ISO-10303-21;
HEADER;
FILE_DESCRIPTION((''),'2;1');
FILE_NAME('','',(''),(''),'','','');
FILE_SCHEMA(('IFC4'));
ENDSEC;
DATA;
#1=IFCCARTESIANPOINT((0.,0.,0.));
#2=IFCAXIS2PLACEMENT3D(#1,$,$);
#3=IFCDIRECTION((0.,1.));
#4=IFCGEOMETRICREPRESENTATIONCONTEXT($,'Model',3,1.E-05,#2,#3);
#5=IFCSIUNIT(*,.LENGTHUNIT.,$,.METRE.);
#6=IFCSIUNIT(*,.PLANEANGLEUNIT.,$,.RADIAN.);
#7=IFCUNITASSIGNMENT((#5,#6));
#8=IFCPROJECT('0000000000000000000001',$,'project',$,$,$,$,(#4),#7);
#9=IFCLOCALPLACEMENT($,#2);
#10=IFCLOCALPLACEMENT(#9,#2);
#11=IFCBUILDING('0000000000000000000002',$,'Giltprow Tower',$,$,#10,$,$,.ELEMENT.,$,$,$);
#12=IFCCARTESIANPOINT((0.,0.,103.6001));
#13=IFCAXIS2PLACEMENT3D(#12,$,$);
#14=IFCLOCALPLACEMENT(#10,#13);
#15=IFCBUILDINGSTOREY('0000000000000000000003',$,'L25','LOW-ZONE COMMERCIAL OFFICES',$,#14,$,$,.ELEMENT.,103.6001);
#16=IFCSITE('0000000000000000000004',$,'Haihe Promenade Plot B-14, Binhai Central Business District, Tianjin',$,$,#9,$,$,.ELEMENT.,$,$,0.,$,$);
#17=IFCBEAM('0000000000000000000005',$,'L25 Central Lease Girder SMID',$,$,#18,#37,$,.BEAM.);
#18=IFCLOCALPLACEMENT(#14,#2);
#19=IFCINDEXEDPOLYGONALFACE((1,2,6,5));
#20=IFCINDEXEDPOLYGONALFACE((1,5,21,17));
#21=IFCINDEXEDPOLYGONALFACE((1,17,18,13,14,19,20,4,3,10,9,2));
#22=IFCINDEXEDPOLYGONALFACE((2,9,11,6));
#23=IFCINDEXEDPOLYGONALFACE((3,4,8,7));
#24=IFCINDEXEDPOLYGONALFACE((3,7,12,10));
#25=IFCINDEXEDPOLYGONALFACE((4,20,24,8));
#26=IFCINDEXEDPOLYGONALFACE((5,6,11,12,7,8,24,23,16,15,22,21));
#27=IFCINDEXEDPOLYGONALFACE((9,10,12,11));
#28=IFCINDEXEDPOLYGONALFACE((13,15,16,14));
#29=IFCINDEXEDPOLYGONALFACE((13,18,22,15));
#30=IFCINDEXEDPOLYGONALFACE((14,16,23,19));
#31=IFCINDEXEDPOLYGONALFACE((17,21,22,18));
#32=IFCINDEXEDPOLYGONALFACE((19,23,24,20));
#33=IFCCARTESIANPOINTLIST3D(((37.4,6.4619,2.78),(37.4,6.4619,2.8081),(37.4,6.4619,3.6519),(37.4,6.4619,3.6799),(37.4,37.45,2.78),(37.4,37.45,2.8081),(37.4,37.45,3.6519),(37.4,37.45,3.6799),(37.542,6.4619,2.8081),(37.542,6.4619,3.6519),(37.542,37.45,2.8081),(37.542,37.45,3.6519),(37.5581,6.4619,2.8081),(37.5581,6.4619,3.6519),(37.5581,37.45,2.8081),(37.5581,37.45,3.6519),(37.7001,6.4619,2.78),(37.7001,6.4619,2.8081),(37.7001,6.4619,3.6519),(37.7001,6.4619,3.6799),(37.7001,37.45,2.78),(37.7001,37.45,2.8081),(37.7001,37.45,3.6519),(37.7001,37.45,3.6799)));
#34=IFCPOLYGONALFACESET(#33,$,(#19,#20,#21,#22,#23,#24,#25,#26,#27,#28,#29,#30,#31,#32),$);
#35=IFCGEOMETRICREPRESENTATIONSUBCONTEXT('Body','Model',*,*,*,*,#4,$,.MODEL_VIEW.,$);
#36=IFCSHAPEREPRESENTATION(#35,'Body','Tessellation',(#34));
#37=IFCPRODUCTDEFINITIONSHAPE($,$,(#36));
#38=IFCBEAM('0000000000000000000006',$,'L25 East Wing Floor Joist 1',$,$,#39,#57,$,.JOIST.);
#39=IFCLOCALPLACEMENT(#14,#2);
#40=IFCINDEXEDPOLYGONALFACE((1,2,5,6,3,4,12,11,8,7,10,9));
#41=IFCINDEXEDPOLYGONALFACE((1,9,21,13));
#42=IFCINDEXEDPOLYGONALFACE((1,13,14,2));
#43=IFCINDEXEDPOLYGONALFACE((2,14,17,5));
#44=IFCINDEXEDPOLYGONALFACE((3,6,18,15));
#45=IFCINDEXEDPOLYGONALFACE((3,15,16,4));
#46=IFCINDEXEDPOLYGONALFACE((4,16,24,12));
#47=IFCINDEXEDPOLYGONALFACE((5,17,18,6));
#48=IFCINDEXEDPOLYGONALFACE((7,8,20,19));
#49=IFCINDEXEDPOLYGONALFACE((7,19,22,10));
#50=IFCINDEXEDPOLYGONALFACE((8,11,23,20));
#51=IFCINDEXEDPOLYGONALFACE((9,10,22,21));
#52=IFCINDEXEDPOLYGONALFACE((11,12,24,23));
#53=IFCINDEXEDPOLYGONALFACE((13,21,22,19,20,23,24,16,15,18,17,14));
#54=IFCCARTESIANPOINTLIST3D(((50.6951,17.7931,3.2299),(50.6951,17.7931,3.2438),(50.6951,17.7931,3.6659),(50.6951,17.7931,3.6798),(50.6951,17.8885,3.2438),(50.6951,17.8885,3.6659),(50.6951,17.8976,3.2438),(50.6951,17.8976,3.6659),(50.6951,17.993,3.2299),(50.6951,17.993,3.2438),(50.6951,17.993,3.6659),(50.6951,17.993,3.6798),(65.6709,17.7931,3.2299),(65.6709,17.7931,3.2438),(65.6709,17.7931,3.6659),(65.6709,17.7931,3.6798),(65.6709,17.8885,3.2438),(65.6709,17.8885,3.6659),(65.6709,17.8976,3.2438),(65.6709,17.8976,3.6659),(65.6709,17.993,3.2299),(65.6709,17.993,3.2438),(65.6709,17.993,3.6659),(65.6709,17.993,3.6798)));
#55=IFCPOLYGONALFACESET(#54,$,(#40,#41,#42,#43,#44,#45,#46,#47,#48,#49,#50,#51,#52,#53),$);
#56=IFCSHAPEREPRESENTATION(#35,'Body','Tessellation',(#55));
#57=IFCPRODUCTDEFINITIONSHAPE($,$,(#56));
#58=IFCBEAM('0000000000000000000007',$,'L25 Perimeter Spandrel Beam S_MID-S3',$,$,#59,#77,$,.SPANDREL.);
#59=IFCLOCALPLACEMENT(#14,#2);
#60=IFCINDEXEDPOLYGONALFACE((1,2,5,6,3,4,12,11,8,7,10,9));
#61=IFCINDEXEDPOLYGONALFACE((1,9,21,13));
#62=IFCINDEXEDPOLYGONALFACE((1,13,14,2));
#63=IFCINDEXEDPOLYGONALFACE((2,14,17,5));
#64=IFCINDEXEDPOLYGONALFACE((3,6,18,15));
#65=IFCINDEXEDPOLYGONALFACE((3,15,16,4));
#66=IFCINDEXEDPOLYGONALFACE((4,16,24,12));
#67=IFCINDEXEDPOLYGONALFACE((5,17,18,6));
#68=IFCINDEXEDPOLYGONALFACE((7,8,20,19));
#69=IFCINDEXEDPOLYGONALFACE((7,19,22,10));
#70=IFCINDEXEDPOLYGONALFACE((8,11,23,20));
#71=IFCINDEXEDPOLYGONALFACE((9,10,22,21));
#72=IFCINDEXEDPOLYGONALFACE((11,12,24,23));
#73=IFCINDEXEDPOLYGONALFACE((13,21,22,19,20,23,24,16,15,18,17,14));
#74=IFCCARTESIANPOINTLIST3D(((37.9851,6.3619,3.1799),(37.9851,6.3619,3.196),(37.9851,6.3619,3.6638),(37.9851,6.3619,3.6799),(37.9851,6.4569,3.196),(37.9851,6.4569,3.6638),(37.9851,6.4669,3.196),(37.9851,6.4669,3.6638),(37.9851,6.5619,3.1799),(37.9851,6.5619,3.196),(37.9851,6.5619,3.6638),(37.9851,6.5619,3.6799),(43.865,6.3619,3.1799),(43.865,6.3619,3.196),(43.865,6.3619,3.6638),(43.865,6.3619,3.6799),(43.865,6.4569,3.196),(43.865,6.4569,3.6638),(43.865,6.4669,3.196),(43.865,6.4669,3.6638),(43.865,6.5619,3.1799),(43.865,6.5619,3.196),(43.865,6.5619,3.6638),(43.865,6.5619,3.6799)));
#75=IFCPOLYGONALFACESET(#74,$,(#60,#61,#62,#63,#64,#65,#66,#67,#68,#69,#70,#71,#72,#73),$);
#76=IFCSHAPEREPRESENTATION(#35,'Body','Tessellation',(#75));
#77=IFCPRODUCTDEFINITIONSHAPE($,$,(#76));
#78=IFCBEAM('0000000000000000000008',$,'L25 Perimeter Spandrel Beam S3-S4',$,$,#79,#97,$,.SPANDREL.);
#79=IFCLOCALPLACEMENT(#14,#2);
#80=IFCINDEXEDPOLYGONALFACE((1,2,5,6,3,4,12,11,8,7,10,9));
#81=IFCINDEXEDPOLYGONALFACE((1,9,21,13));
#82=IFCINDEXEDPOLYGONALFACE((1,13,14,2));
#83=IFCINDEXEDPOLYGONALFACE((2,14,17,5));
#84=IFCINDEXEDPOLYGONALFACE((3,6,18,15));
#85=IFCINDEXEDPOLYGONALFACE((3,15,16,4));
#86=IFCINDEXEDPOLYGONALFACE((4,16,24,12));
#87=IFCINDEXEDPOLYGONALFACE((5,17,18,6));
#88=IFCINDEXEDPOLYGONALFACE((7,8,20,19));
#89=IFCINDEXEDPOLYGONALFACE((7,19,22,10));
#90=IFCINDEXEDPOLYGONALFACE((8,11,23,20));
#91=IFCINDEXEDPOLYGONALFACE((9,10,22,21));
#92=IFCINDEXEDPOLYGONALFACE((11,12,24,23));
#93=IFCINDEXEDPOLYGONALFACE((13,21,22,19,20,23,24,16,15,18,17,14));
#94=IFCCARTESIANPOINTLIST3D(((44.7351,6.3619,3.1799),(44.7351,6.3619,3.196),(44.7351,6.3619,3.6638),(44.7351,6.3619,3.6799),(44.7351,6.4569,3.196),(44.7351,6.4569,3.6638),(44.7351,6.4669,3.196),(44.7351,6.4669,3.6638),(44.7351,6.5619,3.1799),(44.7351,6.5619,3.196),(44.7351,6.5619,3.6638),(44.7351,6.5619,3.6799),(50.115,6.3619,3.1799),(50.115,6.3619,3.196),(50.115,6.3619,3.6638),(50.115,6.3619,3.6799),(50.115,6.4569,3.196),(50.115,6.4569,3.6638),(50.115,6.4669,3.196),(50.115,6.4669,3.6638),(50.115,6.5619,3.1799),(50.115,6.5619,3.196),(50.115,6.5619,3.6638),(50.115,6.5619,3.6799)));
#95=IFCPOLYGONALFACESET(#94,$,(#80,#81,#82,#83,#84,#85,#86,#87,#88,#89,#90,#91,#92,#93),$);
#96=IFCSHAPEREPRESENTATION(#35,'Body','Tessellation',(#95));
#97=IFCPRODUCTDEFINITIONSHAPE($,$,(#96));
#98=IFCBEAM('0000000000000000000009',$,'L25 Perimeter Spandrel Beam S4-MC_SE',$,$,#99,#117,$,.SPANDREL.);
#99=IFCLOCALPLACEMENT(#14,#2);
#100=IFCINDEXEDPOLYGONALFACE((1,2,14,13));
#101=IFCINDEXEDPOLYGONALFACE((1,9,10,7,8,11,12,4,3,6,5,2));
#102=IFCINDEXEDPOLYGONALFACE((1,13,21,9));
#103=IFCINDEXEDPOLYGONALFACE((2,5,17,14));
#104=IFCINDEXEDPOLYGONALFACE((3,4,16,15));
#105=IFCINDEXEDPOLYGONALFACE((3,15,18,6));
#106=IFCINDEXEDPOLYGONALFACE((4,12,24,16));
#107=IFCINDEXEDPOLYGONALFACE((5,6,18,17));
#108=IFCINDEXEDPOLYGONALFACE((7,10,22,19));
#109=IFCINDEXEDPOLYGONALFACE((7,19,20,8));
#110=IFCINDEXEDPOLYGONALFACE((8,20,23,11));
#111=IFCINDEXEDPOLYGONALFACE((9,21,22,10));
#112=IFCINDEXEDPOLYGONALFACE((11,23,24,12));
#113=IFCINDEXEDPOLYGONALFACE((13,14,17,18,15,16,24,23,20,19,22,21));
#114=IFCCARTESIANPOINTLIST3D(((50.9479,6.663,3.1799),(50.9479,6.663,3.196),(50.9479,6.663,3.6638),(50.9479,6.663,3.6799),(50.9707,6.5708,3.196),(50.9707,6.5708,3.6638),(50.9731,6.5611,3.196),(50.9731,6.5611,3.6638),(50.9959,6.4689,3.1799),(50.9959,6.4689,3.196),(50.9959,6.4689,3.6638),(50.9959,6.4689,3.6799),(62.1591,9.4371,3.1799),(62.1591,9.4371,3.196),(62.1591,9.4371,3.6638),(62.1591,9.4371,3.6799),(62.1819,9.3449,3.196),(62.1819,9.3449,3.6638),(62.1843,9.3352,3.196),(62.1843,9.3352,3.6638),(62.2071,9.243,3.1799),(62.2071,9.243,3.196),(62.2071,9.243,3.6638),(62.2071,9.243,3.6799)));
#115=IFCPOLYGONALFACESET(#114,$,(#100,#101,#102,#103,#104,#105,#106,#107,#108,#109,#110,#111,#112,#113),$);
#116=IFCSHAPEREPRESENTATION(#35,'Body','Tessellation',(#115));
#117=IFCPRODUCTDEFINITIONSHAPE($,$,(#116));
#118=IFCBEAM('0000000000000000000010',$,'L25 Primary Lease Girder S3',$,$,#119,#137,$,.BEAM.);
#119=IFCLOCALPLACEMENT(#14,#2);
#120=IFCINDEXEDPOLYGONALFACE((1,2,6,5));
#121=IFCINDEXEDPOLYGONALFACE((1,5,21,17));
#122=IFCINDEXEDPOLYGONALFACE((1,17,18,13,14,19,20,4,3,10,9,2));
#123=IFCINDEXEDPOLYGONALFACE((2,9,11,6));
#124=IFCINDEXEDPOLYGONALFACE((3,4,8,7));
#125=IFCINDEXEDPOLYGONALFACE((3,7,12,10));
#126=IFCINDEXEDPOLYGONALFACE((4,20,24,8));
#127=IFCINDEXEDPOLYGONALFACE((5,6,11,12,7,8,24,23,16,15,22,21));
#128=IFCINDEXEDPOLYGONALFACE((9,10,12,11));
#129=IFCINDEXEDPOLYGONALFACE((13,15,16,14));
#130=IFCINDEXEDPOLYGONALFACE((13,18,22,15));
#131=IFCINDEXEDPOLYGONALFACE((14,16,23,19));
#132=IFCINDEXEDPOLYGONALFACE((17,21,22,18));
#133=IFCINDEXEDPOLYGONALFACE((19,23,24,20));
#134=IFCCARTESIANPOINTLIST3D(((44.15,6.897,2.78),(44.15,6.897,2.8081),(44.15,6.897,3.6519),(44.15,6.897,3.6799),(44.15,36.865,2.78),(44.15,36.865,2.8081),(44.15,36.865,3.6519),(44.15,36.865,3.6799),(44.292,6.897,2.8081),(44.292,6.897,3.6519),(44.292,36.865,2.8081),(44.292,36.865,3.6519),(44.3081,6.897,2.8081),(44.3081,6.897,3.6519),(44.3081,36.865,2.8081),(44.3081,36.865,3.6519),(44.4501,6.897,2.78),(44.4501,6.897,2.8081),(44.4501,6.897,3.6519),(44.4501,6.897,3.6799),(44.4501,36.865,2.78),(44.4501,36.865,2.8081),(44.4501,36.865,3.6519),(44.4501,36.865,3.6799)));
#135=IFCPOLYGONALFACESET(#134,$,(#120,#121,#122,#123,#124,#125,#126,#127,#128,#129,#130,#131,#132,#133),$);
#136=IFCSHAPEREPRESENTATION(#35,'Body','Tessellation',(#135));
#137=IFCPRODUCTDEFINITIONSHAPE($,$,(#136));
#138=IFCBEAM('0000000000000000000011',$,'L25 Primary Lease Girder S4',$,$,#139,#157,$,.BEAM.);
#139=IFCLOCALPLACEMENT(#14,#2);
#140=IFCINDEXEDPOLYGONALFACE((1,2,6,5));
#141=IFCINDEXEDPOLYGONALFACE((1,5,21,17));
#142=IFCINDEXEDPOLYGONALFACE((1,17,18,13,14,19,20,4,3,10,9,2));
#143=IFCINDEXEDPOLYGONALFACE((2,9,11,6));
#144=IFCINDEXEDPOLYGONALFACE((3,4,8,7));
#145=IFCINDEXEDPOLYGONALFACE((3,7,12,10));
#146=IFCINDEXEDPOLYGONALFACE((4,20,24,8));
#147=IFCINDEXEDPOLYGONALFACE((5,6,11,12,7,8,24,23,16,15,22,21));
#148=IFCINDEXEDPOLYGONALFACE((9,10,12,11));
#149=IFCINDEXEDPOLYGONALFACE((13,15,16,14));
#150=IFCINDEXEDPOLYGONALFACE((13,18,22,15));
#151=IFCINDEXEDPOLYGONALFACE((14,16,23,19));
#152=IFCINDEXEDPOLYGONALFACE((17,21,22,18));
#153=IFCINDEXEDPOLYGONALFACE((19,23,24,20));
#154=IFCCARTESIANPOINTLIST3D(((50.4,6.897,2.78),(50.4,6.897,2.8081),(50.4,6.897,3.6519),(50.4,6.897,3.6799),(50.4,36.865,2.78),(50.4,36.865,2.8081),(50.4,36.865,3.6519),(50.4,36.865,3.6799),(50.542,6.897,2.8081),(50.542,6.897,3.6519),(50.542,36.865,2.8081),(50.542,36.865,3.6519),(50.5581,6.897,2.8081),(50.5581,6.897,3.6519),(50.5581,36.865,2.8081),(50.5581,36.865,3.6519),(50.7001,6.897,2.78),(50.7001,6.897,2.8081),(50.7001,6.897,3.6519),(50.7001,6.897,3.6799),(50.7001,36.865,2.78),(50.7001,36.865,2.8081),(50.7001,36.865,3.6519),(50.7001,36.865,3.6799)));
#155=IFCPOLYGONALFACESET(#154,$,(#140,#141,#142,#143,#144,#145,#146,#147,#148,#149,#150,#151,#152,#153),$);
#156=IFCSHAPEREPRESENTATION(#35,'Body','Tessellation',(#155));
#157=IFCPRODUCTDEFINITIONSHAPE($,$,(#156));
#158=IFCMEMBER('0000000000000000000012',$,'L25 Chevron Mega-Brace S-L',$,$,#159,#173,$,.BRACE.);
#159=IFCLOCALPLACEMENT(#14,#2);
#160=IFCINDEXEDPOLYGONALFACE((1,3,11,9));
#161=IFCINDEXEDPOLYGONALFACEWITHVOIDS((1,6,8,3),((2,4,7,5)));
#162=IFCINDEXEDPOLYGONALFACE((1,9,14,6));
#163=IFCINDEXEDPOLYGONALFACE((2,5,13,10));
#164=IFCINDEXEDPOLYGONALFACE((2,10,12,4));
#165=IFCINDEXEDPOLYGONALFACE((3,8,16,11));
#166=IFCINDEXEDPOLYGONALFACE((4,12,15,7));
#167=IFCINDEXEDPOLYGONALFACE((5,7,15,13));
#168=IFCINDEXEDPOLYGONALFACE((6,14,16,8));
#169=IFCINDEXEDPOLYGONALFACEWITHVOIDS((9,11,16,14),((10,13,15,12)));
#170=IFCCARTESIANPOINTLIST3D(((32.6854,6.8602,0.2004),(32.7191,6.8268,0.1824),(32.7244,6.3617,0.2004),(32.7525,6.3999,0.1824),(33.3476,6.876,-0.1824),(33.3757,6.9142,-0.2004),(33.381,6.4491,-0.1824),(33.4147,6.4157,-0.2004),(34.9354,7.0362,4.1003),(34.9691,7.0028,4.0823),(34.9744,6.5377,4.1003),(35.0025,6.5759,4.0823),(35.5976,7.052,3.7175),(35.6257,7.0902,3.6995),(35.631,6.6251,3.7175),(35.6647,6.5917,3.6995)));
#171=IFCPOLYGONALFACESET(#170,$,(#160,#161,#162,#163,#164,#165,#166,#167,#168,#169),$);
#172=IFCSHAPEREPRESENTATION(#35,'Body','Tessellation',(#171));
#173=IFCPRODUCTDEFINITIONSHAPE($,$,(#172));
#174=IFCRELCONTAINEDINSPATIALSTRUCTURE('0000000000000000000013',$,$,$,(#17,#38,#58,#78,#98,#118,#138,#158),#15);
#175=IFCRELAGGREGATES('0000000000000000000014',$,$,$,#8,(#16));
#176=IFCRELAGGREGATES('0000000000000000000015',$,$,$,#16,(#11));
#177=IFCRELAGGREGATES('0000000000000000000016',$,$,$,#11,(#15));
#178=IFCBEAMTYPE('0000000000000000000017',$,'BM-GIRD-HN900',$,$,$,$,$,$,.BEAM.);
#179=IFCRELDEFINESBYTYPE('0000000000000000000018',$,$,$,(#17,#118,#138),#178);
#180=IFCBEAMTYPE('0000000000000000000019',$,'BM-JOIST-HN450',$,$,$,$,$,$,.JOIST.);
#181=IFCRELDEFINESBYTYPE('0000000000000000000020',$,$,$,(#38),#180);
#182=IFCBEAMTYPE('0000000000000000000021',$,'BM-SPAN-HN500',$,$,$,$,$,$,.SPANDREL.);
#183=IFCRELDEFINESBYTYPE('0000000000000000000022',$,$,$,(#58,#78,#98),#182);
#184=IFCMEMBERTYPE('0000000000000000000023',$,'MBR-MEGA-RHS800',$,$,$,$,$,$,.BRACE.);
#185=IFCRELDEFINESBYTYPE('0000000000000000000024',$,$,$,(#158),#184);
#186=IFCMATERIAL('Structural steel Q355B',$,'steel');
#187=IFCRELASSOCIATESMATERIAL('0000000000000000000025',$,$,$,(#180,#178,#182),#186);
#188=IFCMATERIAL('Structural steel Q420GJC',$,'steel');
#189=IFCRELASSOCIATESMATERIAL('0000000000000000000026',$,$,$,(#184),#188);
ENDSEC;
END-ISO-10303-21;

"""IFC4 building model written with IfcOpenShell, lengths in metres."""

from ifc_helpers import new_model, si_unit, direction, frame, origin, origin_2d, place, context, subcontext, project, spatial, hollow_rectangle, i_section, extrude, source, transform, mapped, material, material_profile, profile_set, type_object, element, save


model = new_model("IFC4")

# Units and contexts
model_context = context("Model", 3, precision=1e-05, world=origin(), true_north=direction((0.0, 1.0)))
body_context = subcontext(model_context, "Body", "Model", "MODEL_VIEW")
ifc_project = project(units=[si_unit("LENGTHUNIT", "METRE"), si_unit("PLANEANGLEUNIT", "RADIAN")], contexts=[model_context])

# Site, building, storey
site_placement = place(None, origin())
site = spatial("IfcSite", under=ifc_project, at=site_placement, Name="Haihe Promenade Plot B-14, Binhai Central Business District, Tianjin", CompositionType="ELEMENT", RefElevation=0.0)
building_placement = place(site_placement, origin())
building = spatial("IfcBuilding", under=site, at=building_placement, Name="Giltprow Tower", CompositionType="ELEMENT")
storey_placement = place(building_placement, frame((0.0, 0.0, 103.6001)))
storey = spatial("IfcBuildingStorey", under=building, at=storey_placement, Name="L25", Description="LOW-ZONE COMMERCIAL OFFICES", CompositionType="ELEMENT", Elevation=103.6001)

# Shared definitions
ifc_material_1 = material(Name="Structural steel Q420GJC", Category="steel")

# Beams
ifc_material_2 = material(Name="Structural steel Q355B", Category="steel")
ifc_material_profile_1 = material_profile(ifc_material_2, i_section(OverallWidth=0.2, OverallDepth=0.45, WebThickness=0.009, FlangeThickness=0.0139, at=origin_2d()), Name="HN 450x200x9x14")
ifc_profile_set_1 = profile_set([ifc_material_profile_1], Name="Structural steel Q355B")
beam_type_1 = type_object("IfcBeamType", Name="BM-JOIST-HN450", PredefinedType="JOIST", material=ifc_profile_set_1)
ifc_material_profile_2 = material_profile(ifc_material_2, i_section(OverallWidth=0.3, OverallDepth=0.8999, WebThickness=0.0161, FlangeThickness=0.0281, at=origin_2d()), Name="HN 900x300x16x28")
ifc_profile_set_2 = profile_set([ifc_material_profile_2], Name="Structural steel Q355B")
beam_type_2 = type_object("IfcBeamType", Name="BM-GIRD-HN900", PredefinedType="BEAM", material=ifc_profile_set_2)
shared_shape_1 = source(origin(), body_context, "Body", "SweptSolid", [
    extrude(i_section(OverallWidth=0.3, OverallDepth=0.8999, WebThickness=0.0161, FlangeThickness=0.0281, at=origin_2d()), origin(), (0.0, 0.0, 1.0), 30.988),
])
beam_1_placement = place(storey_placement, frame((37.55, 6.4619, 3.23), z_axis=(0.0, 1.0, 0.0), x_axis=(-1.0, 0.0, 0.0)))
element("IfcBeam", 1, at=beam_1_placement, inside=storey, type_object=beam_type_2, Name="L25 Central Lease Girder SMID", PredefinedType="BEAM", context=body_context, shape_type="MappedRepresentation", body=[
    mapped(shared_shape_1, transform((0.0, 0.0, 0.0), x_axis=(1.0, 0.0, 0.0), y_axis=(0.0, 1.0, 0.0), z_axis=(0.0, 0.0, 1.0), scale=1.0)),
])
shared_shape_2 = source(origin(), body_context, "Body", "SweptSolid", [
    extrude(i_section(OverallWidth=0.2, OverallDepth=0.45, WebThickness=0.009, FlangeThickness=0.0139, at=origin_2d()), origin(), (0.0, 0.0, 1.0), 14.9758),
])
beam_2_placement = place(storey_placement, frame((50.6951, 17.8931, 3.4548), z_axis=(1.0, 0.0, 0.0), x_axis=(0.0, 1.0, 0.0)))
element("IfcBeam", 2, at=beam_2_placement, inside=storey, type_object=beam_type_1, Name="L25 East Wing Floor Joist 1", PredefinedType="JOIST", context=body_context, shape_type="MappedRepresentation", body=[
    mapped(shared_shape_2, transform((0.0, 0.0, 0.0), x_axis=(1.0, 0.0, 0.0), y_axis=(0.0, 1.0, 0.0), z_axis=(0.0, 0.0, 1.0), scale=1.0)),
])
ifc_material_profile_3 = material_profile(ifc_material_2, i_section(OverallWidth=0.2, OverallDepth=0.5, WebThickness=0.01, FlangeThickness=0.0161, at=origin_2d()), Name="HN 500x200x10x16")
ifc_profile_set_3 = profile_set([ifc_material_profile_3], Name="Structural steel Q355B")
beam_type_3 = type_object("IfcBeamType", Name="BM-SPAN-HN500", PredefinedType="SPANDREL", material=ifc_profile_set_3)
shared_shape_3 = source(origin(), body_context, "Body", "SweptSolid", [
    extrude(i_section(OverallWidth=0.2, OverallDepth=0.5, WebThickness=0.01, FlangeThickness=0.0161, at=origin_2d()), origin(), (0.0, 0.0, 1.0), 5.8799),
])
beam_3_placement = place(storey_placement, frame((37.9851, 6.4619, 3.4299), z_axis=(1.0, 0.0, 0.0), x_axis=(0.0, 1.0, 0.0)))
element("IfcBeam", 3, at=beam_3_placement, inside=storey, type_object=beam_type_3, Name="L25 Perimeter Spandrel Beam S_MID-S3", PredefinedType="SPANDREL", context=body_context, shape_type="MappedRepresentation", body=[
    mapped(shared_shape_3, transform((0.0, 0.0, 0.0), x_axis=(1.0, 0.0, 0.0), y_axis=(0.0, 1.0, 0.0), z_axis=(0.0, 0.0, 1.0), scale=1.0)),
])
shared_shape_4 = source(origin(), body_context, "Body", "SweptSolid", [
    extrude(i_section(OverallWidth=0.2, OverallDepth=0.5, WebThickness=0.01, FlangeThickness=0.0161, at=origin_2d()), origin(), (0.0, 0.0, 1.0), 5.3799),
])
beam_4_placement = place(storey_placement, frame((44.7351, 6.4619, 3.4299), z_axis=(1.0, 0.0, 0.0), x_axis=(0.0, 1.0, 0.0)))
element("IfcBeam", 4, at=beam_4_placement, inside=storey, type_object=beam_type_3, Name="L25 Perimeter Spandrel Beam S3-S4", PredefinedType="SPANDREL", context=body_context, shape_type="MappedRepresentation", body=[
    mapped(shared_shape_4, transform((0.0, 0.0, 0.0), x_axis=(1.0, 0.0, 0.0), y_axis=(0.0, 1.0, 0.0), z_axis=(0.0, 0.0, 1.0), scale=1.0)),
])
shared_shape_5 = source(origin(), body_context, "Body", "SweptSolid", [
    extrude(i_section(OverallWidth=0.2, OverallDepth=0.5, WebThickness=0.01, FlangeThickness=0.0161, at=origin_2d()), origin(), (0.0, 0.0, 1.0), 11.5493),
])
beam_5_placement = place(storey_placement, frame((50.9719, 6.5659, 3.4299), z_axis=(0.970723, 0.240202, 0.0), x_axis=(-0.240202, 0.970723, 0.0)))
element("IfcBeam", 5, at=beam_5_placement, inside=storey, type_object=beam_type_3, Name="L25 Perimeter Spandrel Beam S4-MC_SE", PredefinedType="SPANDREL", context=body_context, shape_type="MappedRepresentation", body=[
    mapped(shared_shape_5, transform((0.0, 0.0, 0.0), x_axis=(1.0, 0.0, 0.0), y_axis=(0.0, 1.0, 0.0), z_axis=(0.0, 0.0, 1.0), scale=1.0)),
])
shared_shape_6 = source(origin(), body_context, "Body", "SweptSolid", [
    extrude(i_section(OverallWidth=0.3, OverallDepth=0.8999, WebThickness=0.0161, FlangeThickness=0.0281, at=origin_2d()), origin(), (0.0, 0.0, 1.0), 29.968),
])
for number, where, z_axis, x_axis, name in (
    (6, (44.3, 6.897, 3.23), (0.0, 1.0, 0.0), (-1.0, 0.0, 0.0), "L25 Primary Lease Girder S3"),
    (7, (50.55, 6.897, 3.23), (0.0, 1.0, 0.0), (-1.0, 0.0, 0.0), "L25 Primary Lease Girder S4"),
):
    element("IfcBeam", number, at=place(storey_placement, frame(where, z_axis=z_axis, x_axis=x_axis)), inside=storey, type_object=beam_type_2, Name=name, PredefinedType="BEAM", context=body_context, shape_type="MappedRepresentation", body=[
        mapped(shared_shape_6, transform((0.0, 0.0, 0.0), x_axis=(1.0, 0.0, 0.0), y_axis=(0.0, 1.0, 0.0), z_axis=(0.0, 0.0, 1.0), scale=1.0)),
    ])

# Member
ifc_material_profile_4 = material_profile(ifc_material_1, hollow_rectangle(XDim=0.5, YDim=0.8, WallThickness=0.0359, at=origin_2d()), Name="RHS 800x500x36")
ifc_profile_set_4 = profile_set([ifc_material_profile_4], Name="Structural steel Q420GJC")
member_type_1 = type_object("IfcMemberType", Name="MBR-MEGA-RHS800", PredefinedType="BRACE", material=ifc_profile_set_4)
shared_shape_7 = source(origin(), body_context, "Body", "SweptSolid", [
    extrude(hollow_rectangle(XDim=0.5, YDim=0.8, WallThickness=0.0359, at=origin_2d()), origin(), (0.0, 0.0, 1.0), 4.5059),
])
for number, where, z_axis, x_axis, name in (
    (8, (33.05, 6.6379, 0.0), (0.49935, 0.039066, 0.865519), (-0.077995, 0.996954, 0.0), "L25 Chevron Mega-Brace S-L"),
):
    element("IfcMember", number, at=place(storey_placement, frame(where, z_axis=z_axis, x_axis=x_axis)), inside=storey, type_object=member_type_1, Name=name, PredefinedType="BRACE", context=body_context, shape_type="MappedRepresentation", body=[
        mapped(shared_shape_7, transform((0.0, 0.0, 0.0), x_axis=(1.0, 0.0, 0.0), y_axis=(0.0, 1.0, 0.0), z_axis=(0.0, 0.0, 1.0), scale=1.0)),
    ])

save(model, "model.ifc")
